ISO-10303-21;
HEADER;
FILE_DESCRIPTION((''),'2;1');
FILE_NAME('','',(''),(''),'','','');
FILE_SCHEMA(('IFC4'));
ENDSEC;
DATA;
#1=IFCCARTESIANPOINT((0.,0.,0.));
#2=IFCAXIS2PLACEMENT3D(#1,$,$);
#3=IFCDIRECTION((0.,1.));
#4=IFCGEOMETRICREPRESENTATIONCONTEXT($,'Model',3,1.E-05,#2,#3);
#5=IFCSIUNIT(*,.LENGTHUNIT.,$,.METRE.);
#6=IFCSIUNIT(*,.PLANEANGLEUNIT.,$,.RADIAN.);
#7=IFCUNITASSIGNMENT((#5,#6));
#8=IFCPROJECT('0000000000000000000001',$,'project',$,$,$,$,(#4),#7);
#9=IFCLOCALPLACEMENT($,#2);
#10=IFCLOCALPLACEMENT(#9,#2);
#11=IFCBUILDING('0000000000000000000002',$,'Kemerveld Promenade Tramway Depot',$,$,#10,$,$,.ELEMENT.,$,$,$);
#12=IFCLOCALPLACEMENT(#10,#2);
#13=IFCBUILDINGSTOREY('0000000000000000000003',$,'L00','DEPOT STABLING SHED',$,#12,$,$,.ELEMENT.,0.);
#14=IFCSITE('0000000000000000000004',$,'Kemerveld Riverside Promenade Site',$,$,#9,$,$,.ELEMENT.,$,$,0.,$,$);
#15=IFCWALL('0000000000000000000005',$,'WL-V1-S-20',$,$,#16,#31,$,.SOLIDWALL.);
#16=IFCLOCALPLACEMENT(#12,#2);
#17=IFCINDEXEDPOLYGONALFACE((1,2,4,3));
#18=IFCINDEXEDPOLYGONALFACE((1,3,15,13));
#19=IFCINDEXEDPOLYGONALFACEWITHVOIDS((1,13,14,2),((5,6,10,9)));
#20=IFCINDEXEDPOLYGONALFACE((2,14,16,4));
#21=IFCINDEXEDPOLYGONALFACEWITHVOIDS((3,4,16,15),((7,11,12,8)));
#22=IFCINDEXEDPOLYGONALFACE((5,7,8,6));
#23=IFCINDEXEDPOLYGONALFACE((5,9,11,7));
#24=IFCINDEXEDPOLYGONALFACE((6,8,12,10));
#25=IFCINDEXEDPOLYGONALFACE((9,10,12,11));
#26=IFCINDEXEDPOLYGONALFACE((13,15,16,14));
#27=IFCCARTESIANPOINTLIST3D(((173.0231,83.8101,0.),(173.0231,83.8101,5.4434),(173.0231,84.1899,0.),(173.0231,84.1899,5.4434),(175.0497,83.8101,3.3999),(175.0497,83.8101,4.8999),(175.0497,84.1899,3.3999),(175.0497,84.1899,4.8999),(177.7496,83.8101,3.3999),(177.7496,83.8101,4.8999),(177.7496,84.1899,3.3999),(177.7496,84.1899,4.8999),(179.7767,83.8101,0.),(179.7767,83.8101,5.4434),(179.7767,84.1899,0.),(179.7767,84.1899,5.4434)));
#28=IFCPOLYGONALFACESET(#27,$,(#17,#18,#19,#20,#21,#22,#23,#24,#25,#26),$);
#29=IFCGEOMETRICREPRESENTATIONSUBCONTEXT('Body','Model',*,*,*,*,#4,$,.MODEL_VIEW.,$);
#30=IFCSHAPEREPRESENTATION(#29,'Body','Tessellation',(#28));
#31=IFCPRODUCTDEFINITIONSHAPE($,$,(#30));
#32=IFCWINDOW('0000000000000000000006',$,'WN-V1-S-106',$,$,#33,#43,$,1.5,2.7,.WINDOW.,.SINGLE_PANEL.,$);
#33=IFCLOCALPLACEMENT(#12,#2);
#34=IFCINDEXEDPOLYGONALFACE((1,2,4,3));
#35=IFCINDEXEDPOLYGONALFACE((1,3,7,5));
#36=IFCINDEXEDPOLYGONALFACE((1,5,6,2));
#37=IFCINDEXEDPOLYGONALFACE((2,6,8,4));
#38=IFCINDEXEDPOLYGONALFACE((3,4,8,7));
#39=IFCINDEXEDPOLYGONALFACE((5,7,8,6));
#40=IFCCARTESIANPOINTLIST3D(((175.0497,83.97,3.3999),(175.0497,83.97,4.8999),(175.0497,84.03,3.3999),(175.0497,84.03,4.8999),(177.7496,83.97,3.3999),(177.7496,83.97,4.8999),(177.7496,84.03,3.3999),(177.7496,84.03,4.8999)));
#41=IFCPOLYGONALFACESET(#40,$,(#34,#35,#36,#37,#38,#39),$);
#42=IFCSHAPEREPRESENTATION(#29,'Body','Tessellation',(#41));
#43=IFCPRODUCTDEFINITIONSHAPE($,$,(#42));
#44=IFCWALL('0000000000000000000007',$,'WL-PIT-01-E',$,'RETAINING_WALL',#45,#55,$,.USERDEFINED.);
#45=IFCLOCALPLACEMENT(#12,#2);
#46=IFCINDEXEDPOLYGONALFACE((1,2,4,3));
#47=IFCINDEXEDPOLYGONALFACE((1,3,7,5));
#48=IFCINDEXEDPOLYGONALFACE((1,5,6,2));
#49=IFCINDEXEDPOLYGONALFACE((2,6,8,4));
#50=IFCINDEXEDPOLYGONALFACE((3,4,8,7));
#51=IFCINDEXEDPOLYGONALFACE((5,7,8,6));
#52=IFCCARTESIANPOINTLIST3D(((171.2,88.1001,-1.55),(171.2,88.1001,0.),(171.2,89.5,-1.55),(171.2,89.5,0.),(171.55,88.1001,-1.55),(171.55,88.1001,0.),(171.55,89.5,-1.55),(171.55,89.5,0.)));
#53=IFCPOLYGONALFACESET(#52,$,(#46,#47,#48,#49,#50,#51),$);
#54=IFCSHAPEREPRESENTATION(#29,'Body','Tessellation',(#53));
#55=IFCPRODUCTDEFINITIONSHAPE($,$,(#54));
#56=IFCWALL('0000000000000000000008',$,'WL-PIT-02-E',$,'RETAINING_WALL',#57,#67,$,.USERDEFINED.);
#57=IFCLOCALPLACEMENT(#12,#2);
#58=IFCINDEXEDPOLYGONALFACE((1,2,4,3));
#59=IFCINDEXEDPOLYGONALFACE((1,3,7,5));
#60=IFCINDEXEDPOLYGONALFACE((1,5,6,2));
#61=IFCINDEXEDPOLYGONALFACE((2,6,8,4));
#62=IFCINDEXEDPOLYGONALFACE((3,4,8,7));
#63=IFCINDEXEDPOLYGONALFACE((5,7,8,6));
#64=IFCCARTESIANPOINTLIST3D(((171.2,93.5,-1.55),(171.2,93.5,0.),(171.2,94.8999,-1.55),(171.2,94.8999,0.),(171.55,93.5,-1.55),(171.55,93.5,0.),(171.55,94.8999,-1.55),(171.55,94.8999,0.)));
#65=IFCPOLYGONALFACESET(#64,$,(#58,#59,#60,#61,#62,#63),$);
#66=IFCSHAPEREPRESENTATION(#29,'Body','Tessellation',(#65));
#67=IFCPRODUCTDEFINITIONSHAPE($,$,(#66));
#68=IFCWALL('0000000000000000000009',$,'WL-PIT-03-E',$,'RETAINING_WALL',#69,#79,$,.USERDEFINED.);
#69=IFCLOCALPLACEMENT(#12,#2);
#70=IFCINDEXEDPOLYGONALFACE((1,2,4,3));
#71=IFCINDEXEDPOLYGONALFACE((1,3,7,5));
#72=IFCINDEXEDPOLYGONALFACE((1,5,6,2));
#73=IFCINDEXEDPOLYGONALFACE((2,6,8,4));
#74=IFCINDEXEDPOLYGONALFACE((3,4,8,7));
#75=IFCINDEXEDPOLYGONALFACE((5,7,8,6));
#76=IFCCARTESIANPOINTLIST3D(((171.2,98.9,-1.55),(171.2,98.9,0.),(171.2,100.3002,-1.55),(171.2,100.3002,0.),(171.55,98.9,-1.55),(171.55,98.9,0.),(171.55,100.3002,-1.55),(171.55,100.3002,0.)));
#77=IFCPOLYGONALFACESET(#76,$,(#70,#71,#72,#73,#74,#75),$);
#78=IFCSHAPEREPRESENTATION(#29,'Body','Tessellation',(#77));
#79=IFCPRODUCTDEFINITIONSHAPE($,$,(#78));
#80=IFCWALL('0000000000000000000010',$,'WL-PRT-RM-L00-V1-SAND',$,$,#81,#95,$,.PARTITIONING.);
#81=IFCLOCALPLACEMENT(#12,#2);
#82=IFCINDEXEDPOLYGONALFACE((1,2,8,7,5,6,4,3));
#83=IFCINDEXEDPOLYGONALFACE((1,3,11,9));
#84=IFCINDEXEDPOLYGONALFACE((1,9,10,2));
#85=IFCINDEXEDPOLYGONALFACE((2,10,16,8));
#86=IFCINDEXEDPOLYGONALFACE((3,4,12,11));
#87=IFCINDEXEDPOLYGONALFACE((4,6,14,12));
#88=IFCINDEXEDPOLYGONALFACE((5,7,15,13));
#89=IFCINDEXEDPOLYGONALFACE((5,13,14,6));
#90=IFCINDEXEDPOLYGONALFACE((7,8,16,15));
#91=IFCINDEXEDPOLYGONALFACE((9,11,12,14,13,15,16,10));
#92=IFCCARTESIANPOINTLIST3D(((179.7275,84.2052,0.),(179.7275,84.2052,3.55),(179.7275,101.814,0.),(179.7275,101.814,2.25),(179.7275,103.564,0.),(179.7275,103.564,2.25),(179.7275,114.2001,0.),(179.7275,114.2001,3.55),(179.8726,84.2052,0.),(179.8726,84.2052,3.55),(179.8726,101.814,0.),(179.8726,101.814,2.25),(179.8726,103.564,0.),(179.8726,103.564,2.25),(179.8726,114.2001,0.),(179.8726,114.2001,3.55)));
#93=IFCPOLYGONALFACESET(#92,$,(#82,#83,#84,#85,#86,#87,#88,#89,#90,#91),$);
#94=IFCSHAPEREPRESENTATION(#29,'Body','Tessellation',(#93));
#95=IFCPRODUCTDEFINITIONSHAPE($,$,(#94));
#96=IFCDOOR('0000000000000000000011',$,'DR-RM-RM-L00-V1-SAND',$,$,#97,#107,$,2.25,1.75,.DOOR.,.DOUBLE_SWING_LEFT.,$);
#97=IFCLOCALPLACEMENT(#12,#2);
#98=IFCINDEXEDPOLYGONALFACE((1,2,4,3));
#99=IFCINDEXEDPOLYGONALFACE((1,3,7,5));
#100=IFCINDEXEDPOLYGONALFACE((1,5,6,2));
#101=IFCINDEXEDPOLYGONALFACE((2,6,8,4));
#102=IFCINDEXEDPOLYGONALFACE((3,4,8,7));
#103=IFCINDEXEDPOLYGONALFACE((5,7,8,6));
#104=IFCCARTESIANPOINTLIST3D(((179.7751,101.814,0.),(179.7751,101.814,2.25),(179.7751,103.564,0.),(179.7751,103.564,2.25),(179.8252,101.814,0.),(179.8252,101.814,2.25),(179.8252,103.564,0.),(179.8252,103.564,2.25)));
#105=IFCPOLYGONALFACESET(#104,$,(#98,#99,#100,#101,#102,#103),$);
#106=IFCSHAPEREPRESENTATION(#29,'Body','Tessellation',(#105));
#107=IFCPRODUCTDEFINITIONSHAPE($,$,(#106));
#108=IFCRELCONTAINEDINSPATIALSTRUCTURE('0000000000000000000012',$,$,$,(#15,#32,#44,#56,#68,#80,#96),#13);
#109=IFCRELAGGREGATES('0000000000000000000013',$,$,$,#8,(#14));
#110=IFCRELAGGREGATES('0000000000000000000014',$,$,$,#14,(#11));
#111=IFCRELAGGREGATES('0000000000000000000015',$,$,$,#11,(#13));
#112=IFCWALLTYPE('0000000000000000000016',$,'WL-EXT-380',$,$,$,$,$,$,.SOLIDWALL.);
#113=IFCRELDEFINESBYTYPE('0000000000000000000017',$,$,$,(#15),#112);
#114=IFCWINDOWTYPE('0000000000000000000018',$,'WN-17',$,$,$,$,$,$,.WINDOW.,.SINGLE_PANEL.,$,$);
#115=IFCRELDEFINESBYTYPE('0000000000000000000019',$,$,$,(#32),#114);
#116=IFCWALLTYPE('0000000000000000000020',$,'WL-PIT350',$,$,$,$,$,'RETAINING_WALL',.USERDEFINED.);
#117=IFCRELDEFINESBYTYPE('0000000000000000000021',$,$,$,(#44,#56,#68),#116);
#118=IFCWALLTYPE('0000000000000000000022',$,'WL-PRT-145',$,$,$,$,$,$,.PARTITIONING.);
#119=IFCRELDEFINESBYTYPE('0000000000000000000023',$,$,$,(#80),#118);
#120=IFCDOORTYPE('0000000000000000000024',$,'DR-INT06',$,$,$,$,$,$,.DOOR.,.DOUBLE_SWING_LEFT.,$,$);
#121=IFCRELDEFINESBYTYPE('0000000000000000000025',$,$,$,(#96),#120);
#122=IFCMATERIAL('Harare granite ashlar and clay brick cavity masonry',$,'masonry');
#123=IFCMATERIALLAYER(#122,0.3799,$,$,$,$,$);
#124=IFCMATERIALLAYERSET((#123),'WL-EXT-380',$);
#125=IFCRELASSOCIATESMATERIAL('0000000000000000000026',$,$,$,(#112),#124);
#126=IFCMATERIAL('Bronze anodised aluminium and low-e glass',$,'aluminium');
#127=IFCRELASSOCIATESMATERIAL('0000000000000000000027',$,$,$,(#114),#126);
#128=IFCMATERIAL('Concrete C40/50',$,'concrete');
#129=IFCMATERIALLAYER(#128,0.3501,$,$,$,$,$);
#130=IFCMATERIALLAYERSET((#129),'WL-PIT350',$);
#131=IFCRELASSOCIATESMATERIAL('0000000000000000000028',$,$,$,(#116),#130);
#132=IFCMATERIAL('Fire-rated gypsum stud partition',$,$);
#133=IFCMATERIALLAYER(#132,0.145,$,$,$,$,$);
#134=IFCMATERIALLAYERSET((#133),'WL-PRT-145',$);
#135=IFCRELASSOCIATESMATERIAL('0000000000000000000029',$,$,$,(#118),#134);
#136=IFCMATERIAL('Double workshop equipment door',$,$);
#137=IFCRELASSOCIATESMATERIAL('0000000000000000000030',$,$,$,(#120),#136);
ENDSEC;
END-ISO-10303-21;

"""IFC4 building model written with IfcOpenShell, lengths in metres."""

from ifc_helpers import new_model, si_unit, direction, frame, frame_2d, origin, place, context, subcontext, project, spatial, rectangle, extrude, material, layer, layer_set, type_object, element, fill, save


model = new_model("IFC4")

# Units and contexts
model_context = context("Model", 3, precision=1e-05, world=origin(), true_north=direction((0.0, 1.0)))
body_context = subcontext(model_context, "Body", "Model", "MODEL_VIEW")
ifc_project = project(units=[si_unit("LENGTHUNIT", "METRE"), si_unit("PLANEANGLEUNIT", "RADIAN")], contexts=[model_context])

# Site, building, storey
site_placement = place(None, origin())
site = spatial("IfcSite", under=ifc_project, at=site_placement, Name="Kemerveld Riverside Promenade Site", CompositionType="ELEMENT", RefElevation=0.0)
building_placement = place(site_placement, origin())
building = spatial("IfcBuilding", under=site, at=building_placement, Name="Kemerveld Promenade Tramway Depot", CompositionType="ELEMENT")
storey_placement = place(building_placement, origin())
storey = spatial("IfcBuildingStorey", under=building, at=storey_placement, Name="L00", Description="DEPOT STABLING SHED", CompositionType="ELEMENT", Elevation=0.0)

# Wall, opening, window
ifc_material_1 = material(Name="Harare granite ashlar and clay brick cavity masonry", Category="masonry")
ifc_layer_1 = layer(ifc_material_1, 0.3799)
ifc_layer_set_1 = layer_set([ifc_layer_1], Name="WL-EXT-380")
wall_type_1 = type_object("IfcWallType", Name="WL-EXT-380", PredefinedType="SOLIDWALL", material=ifc_layer_set_1)
wall_1_placement = place(storey_placement, frame((179.7769, 84.0, 0.0), z_axis=(0.0, 0.0, 1.0), x_axis=(-1.0, 0.0, 0.0)))
wall_1 = element("IfcWall", 1, at=wall_1_placement, inside=storey, type_object=wall_type_1, Name="WL-V1-S-20", PredefinedType="SOLIDWALL", context=body_context, shape_type="SweptSolid", body=[
    extrude(rectangle(XDim=6.7537, YDim=0.3799, at=frame_2d((3.377, 0.0))), origin(), (0.0, 0.0, 1.0), 5.4434),
])
opening_1_placement = place(wall_1_placement, frame((2.0271, 0.0, 3.3999)))
opening_1 = element("IfcOpeningElement", 2, at=opening_1_placement, cuts=wall_1, PredefinedType="OPENING", context=body_context, shape_type="SweptSolid", body=[
    extrude(rectangle(XDim=2.7, YDim=1.5, at=frame_2d((1.3501, 0.75))), frame((0.0, 0.2, 0.0), z_axis=(0.0, -1.0, 0.0), x_axis=(1.0, 0.0, 0.0)), (0.0, 0.0, 1.0), 0.3999),
])
ifc_material_2 = material(Name="Bronze anodised aluminium and low-e glass", Category="aluminium")
window_type = type_object("IfcWindowType", Name="WN-17", PartitioningType="SINGLE_PANEL", PredefinedType="WINDOW", material=ifc_material_2)
window_placement = place(opening_1_placement, origin())
window = element("IfcWindow", 3, at=window_placement, inside=storey, type_object=window_type, Name="WN-V1-S-106", OverallHeight=1.5, OverallWidth=2.7, PartitioningType="SINGLE_PANEL", PredefinedType="WINDOW", context=body_context, shape_type="SweptSolid", body=[
    extrude(rectangle(XDim=2.7, YDim=1.5, at=frame_2d((1.3501, 0.75))), frame((0.0, 0.03, 0.0), z_axis=(0.0, -1.0, 0.0), x_axis=(1.0, 0.0, 0.0)), (0.0, 0.0, 1.0), 0.0601),
])
fill(opening_1, window)

# Walls
ifc_material_3 = material(Name="Concrete C40/50", Category="concrete")
ifc_layer_2 = layer(ifc_material_3, 0.3501)
ifc_layer_set_2 = layer_set([ifc_layer_2], Name="WL-PIT350")
wall_type_2 = type_object("IfcWallType", Name="WL-PIT350", ElementType="RETAINING_WALL", PredefinedType="USERDEFINED", material=ifc_layer_set_2)
for number, where, z_axis, x_axis, name in (
    (4, (171.375, 88.1001, -1.55), (0.0, 0.0, 1.0), (0.0, 1.0, 0.0), "WL-PIT-01-E"),
    (5, (171.375, 93.5, -1.55), (0.0, 0.0, 1.0), (0.0, 1.0, 0.0), "WL-PIT-02-E"),
):
    element("IfcWall", number, at=place(storey_placement, frame(where, z_axis=z_axis, x_axis=x_axis)), inside=storey, type_object=wall_type_2, Name=name, ObjectType="RETAINING_WALL", PredefinedType="USERDEFINED", context=body_context, shape_type="SweptSolid", body=[
        extrude(rectangle(XDim=1.3999, YDim=0.3501, at=frame_2d((0.7, 0.0))), origin(), (0.0, 0.0, 1.0), 1.55),
    ])
wall_2_placement = place(storey_placement, frame((171.375, 98.8999, -1.55), z_axis=(0.0, 0.0, 1.0), x_axis=(0.0, 1.0, 0.0)))
element("IfcWall", 6, at=wall_2_placement, inside=storey, type_object=wall_type_2, Name="WL-PIT-03-E", ObjectType="RETAINING_WALL", PredefinedType="USERDEFINED", context=body_context, shape_type="SweptSolid", body=[
    extrude(rectangle(XDim=1.4001, YDim=0.3501, at=frame_2d((0.7002, 0.0))), origin(), (0.0, 0.0, 1.0), 1.55),
])

# Wall, opening, door
ifc_material_4 = material(Name="Fire-rated gypsum stud partition")
ifc_layer_3 = layer(ifc_material_4, 0.145)
ifc_layer_set_3 = layer_set([ifc_layer_3], Name="WL-PRT-145")
wall_type_3 = type_object("IfcWallType", Name="WL-PRT-145", PredefinedType="PARTITIONING", material=ifc_layer_set_3)
wall_3_placement = place(storey_placement, frame((179.8, 84.2051, 0.0), z_axis=(0.0, 0.0, 1.0), x_axis=(0.0, 1.0, 0.0)))
wall_3 = element("IfcWall", 7, at=wall_3_placement, inside=storey, type_object=wall_type_3, Name="WL-PRT-RM-L00-V1-SAND", PredefinedType="PARTITIONING", context=body_context, shape_type="SweptSolid", body=[
    extrude(rectangle(XDim=29.9949, YDim=0.145, at=frame_2d((14.9976, 0.0))), origin(), (0.0, 0.0, 1.0), 3.55),
])
opening_2_placement = place(wall_3_placement, frame((17.6089, 0.0, 0.0)))
opening_2 = element("IfcOpeningElement", 8, at=opening_2_placement, cuts=wall_3, PredefinedType="OPENING", context=body_context, shape_type="SweptSolid", body=[
    extrude(rectangle(XDim=1.75, YDim=2.25, at=frame_2d((0.875, 1.125))), frame((0.0, 0.0825, 0.0), z_axis=(0.0, -1.0, 0.0), x_axis=(1.0, 0.0, 0.0)), (0.0, 0.0, 1.0), 0.165),
])
ifc_material_5 = material(Name="Double workshop equipment door")
door_type = type_object("IfcDoorType", Name="DR-INT06", OperationType="DOUBLE_SWING_LEFT", PredefinedType="DOOR", material=ifc_material_5)
door_placement = place(opening_2_placement, origin())
door = element("IfcDoor", 9, at=door_placement, inside=storey, type_object=door_type, Name="DR-RM-RM-L00-V1-SAND", OperationType="DOUBLE_SWING_LEFT", OverallHeight=2.25, OverallWidth=1.75, PredefinedType="DOOR", context=body_context, shape_type="SweptSolid", body=[
    extrude(rectangle(XDim=1.75, YDim=2.25, at=frame_2d((0.875, 1.125))), frame((0.0, 0.0249, 0.0), z_axis=(0.0, -1.0, 0.0), x_axis=(1.0, 0.0, 0.0)), (0.0, 0.0, 1.0), 0.05),
])
fill(opening_2, door)

save(model, "model.ifc")
